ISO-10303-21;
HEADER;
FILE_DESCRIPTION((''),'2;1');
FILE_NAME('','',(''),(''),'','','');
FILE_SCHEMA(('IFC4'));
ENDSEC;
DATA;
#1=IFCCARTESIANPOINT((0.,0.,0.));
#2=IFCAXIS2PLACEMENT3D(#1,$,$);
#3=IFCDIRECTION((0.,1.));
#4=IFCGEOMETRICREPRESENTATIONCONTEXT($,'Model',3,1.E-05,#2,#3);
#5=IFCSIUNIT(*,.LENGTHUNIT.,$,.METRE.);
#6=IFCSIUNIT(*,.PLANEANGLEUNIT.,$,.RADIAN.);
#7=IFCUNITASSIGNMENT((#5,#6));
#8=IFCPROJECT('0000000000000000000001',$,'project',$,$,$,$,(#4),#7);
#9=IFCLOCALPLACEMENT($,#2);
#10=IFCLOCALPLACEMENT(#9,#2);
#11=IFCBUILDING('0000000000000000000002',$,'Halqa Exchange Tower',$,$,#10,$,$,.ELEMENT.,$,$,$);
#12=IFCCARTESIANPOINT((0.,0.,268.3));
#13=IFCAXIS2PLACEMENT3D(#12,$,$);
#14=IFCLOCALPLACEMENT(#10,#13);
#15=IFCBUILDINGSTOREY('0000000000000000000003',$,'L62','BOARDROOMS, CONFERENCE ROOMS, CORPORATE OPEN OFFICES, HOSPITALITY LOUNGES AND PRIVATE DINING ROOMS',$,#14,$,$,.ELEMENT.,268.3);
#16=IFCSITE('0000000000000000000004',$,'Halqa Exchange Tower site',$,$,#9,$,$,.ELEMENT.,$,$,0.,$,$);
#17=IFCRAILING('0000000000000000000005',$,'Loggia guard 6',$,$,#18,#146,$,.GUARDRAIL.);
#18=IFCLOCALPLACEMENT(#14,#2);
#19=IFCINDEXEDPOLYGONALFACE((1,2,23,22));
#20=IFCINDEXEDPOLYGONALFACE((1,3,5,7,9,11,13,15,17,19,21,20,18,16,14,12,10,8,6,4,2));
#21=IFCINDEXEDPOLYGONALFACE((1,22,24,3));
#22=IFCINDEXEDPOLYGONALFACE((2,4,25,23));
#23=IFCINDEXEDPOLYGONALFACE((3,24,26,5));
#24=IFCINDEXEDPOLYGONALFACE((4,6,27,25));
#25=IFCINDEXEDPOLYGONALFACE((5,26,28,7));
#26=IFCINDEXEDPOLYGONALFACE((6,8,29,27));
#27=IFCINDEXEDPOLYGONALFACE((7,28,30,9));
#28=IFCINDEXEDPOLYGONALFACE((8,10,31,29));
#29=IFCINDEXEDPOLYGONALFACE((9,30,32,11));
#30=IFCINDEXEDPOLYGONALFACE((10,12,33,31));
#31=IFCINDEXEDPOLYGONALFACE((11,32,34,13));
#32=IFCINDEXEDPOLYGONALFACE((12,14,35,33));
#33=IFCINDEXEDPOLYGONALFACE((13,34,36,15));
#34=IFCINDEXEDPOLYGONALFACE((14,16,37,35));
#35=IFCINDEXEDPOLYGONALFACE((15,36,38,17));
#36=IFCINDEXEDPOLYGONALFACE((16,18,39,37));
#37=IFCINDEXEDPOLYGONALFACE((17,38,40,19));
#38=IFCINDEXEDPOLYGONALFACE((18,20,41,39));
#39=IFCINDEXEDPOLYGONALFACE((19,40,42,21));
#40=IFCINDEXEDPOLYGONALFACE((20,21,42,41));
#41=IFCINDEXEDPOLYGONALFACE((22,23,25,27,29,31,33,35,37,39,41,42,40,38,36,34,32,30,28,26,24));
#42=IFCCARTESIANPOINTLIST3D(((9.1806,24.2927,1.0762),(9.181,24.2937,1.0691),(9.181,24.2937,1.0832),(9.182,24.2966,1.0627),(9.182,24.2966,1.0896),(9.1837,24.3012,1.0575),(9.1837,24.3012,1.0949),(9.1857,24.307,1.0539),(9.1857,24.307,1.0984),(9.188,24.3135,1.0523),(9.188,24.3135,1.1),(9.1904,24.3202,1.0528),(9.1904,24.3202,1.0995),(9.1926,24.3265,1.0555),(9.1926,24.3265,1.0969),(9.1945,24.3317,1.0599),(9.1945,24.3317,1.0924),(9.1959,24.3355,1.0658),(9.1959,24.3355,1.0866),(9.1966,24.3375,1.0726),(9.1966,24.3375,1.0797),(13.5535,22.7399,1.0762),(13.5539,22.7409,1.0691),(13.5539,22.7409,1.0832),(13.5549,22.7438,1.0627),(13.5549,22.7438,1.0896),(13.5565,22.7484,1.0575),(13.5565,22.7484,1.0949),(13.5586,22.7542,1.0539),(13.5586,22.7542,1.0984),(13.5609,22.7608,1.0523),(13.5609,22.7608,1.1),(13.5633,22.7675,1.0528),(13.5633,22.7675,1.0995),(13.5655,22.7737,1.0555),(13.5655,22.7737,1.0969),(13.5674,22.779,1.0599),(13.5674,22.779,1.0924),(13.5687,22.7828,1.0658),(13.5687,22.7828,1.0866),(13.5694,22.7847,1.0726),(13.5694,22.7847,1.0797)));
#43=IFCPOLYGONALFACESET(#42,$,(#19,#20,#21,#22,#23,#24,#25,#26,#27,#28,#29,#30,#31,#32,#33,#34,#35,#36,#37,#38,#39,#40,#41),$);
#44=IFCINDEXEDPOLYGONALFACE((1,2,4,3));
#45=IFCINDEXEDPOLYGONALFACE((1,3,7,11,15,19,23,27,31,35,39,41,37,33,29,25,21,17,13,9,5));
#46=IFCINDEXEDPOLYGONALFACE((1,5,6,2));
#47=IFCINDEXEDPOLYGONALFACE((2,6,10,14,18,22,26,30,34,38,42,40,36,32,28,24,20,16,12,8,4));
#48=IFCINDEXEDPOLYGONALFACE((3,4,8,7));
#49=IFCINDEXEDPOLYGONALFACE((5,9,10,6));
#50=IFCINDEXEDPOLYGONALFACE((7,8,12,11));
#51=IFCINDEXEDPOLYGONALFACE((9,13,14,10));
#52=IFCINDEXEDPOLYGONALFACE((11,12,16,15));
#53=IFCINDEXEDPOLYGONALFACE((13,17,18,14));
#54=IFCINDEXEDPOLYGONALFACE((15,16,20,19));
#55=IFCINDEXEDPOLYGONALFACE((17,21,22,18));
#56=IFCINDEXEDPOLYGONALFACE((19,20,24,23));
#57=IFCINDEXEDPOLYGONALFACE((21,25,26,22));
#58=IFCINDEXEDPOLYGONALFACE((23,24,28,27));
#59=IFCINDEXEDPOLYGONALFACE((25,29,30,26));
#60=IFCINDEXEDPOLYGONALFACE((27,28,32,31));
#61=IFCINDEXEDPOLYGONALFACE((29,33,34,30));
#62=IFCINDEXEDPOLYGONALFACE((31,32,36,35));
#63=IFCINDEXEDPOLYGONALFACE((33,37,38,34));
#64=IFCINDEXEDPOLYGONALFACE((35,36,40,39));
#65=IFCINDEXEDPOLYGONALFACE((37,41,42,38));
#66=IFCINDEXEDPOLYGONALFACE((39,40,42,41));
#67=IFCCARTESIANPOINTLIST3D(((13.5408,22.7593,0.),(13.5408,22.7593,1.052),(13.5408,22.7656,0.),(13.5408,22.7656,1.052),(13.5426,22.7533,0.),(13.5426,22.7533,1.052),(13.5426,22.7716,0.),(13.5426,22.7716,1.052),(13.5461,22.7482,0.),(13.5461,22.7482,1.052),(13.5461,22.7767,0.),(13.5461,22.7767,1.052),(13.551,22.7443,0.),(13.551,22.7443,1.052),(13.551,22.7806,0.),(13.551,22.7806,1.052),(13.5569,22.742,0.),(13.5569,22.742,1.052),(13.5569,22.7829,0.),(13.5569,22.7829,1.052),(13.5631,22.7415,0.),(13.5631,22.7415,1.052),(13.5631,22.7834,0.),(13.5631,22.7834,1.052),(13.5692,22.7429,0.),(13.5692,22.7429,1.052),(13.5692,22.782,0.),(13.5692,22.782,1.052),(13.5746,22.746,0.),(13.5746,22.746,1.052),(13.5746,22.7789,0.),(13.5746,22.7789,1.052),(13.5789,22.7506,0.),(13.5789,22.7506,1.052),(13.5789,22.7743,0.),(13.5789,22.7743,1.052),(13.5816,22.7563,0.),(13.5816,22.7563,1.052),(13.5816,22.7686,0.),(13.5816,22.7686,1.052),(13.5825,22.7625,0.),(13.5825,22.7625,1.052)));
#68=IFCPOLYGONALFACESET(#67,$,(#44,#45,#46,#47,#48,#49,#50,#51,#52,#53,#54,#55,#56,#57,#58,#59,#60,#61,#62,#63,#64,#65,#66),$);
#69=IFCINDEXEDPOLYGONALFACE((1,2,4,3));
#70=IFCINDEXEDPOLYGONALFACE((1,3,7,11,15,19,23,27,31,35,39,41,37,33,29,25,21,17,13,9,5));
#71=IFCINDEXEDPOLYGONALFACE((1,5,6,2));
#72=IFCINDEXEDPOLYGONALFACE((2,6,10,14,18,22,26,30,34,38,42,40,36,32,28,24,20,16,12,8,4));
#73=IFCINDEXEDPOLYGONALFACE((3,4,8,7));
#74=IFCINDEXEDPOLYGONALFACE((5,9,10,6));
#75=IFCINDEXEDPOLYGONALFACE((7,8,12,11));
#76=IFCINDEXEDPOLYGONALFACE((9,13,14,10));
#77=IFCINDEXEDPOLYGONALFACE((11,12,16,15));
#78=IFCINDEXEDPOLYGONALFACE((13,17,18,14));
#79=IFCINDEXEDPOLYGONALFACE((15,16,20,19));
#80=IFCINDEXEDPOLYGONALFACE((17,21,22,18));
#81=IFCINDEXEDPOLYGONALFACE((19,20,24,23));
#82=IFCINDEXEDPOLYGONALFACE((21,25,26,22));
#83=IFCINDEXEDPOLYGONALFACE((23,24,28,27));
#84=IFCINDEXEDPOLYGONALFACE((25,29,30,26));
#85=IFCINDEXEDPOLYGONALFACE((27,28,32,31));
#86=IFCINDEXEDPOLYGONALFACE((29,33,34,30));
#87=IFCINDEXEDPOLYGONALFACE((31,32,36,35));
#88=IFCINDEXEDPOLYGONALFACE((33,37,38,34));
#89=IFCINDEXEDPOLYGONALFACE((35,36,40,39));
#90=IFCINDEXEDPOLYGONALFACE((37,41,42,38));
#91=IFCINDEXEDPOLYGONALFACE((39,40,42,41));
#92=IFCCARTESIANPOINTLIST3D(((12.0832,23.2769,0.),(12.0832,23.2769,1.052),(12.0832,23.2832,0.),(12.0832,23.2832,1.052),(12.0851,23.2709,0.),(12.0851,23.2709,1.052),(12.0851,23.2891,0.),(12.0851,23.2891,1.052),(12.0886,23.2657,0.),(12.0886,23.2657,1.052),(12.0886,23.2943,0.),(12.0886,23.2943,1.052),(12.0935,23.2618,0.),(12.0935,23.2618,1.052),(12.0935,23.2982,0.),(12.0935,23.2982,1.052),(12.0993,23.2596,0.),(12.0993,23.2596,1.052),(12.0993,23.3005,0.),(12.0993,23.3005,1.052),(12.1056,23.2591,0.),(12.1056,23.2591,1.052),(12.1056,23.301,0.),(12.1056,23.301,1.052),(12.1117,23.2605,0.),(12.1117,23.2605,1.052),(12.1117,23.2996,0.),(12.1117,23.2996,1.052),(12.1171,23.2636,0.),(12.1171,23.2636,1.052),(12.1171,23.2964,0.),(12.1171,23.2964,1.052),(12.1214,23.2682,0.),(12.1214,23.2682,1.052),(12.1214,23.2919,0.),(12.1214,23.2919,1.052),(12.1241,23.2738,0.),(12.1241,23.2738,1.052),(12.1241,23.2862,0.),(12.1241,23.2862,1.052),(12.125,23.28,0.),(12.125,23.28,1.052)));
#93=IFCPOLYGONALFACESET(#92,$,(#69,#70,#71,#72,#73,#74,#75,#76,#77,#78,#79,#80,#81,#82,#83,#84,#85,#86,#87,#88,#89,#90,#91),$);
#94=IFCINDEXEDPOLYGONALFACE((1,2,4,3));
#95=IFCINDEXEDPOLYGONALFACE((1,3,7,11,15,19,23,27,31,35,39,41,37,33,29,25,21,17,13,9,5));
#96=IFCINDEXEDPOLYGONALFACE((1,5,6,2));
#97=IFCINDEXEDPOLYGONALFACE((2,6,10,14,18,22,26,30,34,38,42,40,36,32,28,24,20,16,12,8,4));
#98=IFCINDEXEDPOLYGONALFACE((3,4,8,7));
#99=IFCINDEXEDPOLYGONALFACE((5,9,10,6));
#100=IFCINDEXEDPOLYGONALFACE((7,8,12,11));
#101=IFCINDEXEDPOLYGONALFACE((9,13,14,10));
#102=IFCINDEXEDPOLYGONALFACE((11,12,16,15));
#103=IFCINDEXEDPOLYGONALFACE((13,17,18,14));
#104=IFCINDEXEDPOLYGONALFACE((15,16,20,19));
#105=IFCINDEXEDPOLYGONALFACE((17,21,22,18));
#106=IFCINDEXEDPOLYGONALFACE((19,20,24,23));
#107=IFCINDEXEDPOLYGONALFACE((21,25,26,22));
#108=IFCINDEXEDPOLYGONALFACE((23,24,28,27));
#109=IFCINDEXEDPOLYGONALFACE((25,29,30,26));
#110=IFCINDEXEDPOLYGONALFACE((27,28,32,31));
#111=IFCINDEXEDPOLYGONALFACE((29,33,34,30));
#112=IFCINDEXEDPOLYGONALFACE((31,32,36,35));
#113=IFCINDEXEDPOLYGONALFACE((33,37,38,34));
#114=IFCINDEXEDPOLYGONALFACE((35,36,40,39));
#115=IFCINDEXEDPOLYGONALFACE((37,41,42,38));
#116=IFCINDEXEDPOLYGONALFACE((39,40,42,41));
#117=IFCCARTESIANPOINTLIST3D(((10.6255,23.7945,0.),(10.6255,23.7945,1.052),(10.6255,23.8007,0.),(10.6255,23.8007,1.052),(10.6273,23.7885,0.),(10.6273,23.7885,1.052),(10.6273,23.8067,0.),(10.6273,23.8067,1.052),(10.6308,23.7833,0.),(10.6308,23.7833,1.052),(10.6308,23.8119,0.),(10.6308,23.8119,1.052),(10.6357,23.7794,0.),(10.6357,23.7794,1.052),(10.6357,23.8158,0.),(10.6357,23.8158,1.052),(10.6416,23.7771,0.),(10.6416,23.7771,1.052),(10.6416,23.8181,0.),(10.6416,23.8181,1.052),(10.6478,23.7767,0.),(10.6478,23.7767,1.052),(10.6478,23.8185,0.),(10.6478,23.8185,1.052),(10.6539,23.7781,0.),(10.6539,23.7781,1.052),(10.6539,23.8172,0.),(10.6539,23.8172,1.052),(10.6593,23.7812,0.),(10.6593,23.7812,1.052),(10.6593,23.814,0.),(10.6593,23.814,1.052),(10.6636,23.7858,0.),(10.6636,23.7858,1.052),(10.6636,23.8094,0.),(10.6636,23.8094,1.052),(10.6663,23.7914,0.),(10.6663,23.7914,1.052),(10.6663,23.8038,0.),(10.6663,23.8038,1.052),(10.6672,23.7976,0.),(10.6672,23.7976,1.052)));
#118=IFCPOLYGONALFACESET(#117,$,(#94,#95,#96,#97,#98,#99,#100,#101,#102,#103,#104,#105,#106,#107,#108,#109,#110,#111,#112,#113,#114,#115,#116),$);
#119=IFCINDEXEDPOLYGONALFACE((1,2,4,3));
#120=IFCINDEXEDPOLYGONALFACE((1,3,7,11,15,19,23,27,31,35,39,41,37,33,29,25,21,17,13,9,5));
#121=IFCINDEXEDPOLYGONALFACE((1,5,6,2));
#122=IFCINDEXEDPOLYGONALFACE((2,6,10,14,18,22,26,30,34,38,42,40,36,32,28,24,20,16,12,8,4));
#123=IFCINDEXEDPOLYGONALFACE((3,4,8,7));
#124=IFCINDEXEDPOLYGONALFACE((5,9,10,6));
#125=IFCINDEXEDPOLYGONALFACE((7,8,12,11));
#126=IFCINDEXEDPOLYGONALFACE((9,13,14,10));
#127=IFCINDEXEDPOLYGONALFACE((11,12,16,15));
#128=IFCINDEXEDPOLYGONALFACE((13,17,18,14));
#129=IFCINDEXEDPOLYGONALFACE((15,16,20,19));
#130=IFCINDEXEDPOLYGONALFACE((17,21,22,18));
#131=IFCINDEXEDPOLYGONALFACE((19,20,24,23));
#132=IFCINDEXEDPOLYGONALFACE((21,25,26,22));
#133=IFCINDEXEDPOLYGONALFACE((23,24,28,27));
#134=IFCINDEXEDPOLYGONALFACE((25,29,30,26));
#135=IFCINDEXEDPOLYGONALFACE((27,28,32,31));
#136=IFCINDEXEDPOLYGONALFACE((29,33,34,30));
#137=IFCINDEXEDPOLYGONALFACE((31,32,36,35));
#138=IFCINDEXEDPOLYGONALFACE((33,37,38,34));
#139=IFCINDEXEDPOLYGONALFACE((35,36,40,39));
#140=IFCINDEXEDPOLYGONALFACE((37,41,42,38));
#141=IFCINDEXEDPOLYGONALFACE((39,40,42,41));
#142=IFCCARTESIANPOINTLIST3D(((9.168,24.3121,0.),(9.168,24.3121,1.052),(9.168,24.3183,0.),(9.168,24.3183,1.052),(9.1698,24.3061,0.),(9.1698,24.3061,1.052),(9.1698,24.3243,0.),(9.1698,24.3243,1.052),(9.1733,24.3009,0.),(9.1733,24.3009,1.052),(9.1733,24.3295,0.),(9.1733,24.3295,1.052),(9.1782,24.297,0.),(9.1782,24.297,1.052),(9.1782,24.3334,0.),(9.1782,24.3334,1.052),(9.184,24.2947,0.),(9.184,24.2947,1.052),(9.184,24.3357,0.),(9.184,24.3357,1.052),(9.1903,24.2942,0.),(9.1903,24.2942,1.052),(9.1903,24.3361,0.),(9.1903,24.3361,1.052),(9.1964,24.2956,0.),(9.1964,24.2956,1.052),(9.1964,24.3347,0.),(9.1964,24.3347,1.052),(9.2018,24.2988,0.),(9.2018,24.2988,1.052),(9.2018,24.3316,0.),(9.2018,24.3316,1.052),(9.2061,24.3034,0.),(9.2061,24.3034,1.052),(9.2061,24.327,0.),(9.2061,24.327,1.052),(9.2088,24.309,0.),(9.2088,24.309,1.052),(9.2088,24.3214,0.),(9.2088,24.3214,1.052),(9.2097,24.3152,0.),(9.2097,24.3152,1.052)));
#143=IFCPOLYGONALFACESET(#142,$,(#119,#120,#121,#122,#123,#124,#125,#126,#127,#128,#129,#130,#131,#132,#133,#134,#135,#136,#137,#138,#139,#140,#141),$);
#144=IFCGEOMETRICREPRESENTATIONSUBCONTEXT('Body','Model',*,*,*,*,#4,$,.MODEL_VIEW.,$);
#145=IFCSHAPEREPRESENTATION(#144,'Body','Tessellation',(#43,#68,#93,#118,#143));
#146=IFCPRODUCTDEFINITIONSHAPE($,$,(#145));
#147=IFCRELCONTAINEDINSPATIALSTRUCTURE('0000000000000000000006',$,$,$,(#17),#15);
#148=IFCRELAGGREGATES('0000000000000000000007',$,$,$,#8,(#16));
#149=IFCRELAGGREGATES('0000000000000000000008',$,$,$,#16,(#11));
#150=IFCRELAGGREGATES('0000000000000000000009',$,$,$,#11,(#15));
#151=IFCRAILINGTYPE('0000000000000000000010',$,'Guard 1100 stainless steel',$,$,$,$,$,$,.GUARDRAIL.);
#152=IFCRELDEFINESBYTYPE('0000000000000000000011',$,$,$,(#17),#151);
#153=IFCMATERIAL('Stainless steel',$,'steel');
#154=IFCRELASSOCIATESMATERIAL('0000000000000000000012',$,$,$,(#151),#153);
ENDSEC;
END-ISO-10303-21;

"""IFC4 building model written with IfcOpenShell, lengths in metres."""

from ifc_helpers import new_model, si_unit, direction, frame, origin, origin_2d, place, context, subcontext, project, spatial, circle, extrude, material, type_object, element, save


model = new_model("IFC4")

# Units and contexts
model_context = context("Model", 3, precision=1e-05, world=origin(), true_north=direction((0.0, 1.0)))
body_context = subcontext(model_context, "Body", "Model", "MODEL_VIEW")
ifc_project = project(units=[si_unit("LENGTHUNIT", "METRE"), si_unit("PLANEANGLEUNIT", "RADIAN")], contexts=[model_context])

# Site, building, storey
site_placement = place(None, origin())
site = spatial("IfcSite", under=ifc_project, at=site_placement, Name="Halqa Exchange Tower site", CompositionType="ELEMENT", RefElevation=0.0)
building_placement = place(site_placement, origin())
building = spatial("IfcBuilding", under=site, at=building_placement, Name="Halqa Exchange Tower", CompositionType="ELEMENT")
storey_placement = place(building_placement, frame((0.0, 0.0, 268.3)))
storey = spatial("IfcBuildingStorey", under=building, at=storey_placement, Name="L62", Description="BOARDROOMS, CONFERENCE ROOMS, CORPORATE OPEN OFFICES, HOSPITALITY LOUNGES AND PRIVATE DINING ROOMS", CompositionType="ELEMENT", Elevation=268.3)

# Railing
ifc_material_1 = material(Name="Stainless steel", Category="steel")
railing_type = type_object("IfcRailingType", Name="Guard 1100 stainless steel", PredefinedType="GUARDRAIL", material=ifc_material_1)
railing_1_placement = place(storey_placement, frame((13.5615, 22.7625, 0.0)))
element("IfcRailing", 1, at=railing_1_placement, inside=storey, type_object=railing_type, Name="Loggia guard 6", PredefinedType="GUARDRAIL", context=body_context, shape_type="SweptSolid", body=[
    extrude(circle(Radius=0.0239, at=origin_2d()), frame((0.0, 0.0, 1.0762), z_axis=(-0.942353, 0.334619, 0.0), x_axis=(-0.334619, -0.942353, 0.0)), (0.0, 0.0, 1.0), 4.6404),
    extrude(circle(Radius=0.021, at=origin_2d()), origin(), (0.0, 0.0, 1.0), 1.052),
    extrude(circle(Radius=0.021, at=origin_2d()), frame((-1.4575, 0.5176, 0.0)), (0.0, 0.0, 1.0), 1.052),
    extrude(circle(Radius=0.021, at=origin_2d()), frame((-2.9153, 1.0352, 0.0)), (0.0, 0.0, 1.0), 1.052),
    extrude(circle(Radius=0.021, at=origin_2d()), frame((-4.3728, 1.5527, 0.0)), (0.0, 0.0, 1.0), 1.052),
])

save(model, "model.ifc")
